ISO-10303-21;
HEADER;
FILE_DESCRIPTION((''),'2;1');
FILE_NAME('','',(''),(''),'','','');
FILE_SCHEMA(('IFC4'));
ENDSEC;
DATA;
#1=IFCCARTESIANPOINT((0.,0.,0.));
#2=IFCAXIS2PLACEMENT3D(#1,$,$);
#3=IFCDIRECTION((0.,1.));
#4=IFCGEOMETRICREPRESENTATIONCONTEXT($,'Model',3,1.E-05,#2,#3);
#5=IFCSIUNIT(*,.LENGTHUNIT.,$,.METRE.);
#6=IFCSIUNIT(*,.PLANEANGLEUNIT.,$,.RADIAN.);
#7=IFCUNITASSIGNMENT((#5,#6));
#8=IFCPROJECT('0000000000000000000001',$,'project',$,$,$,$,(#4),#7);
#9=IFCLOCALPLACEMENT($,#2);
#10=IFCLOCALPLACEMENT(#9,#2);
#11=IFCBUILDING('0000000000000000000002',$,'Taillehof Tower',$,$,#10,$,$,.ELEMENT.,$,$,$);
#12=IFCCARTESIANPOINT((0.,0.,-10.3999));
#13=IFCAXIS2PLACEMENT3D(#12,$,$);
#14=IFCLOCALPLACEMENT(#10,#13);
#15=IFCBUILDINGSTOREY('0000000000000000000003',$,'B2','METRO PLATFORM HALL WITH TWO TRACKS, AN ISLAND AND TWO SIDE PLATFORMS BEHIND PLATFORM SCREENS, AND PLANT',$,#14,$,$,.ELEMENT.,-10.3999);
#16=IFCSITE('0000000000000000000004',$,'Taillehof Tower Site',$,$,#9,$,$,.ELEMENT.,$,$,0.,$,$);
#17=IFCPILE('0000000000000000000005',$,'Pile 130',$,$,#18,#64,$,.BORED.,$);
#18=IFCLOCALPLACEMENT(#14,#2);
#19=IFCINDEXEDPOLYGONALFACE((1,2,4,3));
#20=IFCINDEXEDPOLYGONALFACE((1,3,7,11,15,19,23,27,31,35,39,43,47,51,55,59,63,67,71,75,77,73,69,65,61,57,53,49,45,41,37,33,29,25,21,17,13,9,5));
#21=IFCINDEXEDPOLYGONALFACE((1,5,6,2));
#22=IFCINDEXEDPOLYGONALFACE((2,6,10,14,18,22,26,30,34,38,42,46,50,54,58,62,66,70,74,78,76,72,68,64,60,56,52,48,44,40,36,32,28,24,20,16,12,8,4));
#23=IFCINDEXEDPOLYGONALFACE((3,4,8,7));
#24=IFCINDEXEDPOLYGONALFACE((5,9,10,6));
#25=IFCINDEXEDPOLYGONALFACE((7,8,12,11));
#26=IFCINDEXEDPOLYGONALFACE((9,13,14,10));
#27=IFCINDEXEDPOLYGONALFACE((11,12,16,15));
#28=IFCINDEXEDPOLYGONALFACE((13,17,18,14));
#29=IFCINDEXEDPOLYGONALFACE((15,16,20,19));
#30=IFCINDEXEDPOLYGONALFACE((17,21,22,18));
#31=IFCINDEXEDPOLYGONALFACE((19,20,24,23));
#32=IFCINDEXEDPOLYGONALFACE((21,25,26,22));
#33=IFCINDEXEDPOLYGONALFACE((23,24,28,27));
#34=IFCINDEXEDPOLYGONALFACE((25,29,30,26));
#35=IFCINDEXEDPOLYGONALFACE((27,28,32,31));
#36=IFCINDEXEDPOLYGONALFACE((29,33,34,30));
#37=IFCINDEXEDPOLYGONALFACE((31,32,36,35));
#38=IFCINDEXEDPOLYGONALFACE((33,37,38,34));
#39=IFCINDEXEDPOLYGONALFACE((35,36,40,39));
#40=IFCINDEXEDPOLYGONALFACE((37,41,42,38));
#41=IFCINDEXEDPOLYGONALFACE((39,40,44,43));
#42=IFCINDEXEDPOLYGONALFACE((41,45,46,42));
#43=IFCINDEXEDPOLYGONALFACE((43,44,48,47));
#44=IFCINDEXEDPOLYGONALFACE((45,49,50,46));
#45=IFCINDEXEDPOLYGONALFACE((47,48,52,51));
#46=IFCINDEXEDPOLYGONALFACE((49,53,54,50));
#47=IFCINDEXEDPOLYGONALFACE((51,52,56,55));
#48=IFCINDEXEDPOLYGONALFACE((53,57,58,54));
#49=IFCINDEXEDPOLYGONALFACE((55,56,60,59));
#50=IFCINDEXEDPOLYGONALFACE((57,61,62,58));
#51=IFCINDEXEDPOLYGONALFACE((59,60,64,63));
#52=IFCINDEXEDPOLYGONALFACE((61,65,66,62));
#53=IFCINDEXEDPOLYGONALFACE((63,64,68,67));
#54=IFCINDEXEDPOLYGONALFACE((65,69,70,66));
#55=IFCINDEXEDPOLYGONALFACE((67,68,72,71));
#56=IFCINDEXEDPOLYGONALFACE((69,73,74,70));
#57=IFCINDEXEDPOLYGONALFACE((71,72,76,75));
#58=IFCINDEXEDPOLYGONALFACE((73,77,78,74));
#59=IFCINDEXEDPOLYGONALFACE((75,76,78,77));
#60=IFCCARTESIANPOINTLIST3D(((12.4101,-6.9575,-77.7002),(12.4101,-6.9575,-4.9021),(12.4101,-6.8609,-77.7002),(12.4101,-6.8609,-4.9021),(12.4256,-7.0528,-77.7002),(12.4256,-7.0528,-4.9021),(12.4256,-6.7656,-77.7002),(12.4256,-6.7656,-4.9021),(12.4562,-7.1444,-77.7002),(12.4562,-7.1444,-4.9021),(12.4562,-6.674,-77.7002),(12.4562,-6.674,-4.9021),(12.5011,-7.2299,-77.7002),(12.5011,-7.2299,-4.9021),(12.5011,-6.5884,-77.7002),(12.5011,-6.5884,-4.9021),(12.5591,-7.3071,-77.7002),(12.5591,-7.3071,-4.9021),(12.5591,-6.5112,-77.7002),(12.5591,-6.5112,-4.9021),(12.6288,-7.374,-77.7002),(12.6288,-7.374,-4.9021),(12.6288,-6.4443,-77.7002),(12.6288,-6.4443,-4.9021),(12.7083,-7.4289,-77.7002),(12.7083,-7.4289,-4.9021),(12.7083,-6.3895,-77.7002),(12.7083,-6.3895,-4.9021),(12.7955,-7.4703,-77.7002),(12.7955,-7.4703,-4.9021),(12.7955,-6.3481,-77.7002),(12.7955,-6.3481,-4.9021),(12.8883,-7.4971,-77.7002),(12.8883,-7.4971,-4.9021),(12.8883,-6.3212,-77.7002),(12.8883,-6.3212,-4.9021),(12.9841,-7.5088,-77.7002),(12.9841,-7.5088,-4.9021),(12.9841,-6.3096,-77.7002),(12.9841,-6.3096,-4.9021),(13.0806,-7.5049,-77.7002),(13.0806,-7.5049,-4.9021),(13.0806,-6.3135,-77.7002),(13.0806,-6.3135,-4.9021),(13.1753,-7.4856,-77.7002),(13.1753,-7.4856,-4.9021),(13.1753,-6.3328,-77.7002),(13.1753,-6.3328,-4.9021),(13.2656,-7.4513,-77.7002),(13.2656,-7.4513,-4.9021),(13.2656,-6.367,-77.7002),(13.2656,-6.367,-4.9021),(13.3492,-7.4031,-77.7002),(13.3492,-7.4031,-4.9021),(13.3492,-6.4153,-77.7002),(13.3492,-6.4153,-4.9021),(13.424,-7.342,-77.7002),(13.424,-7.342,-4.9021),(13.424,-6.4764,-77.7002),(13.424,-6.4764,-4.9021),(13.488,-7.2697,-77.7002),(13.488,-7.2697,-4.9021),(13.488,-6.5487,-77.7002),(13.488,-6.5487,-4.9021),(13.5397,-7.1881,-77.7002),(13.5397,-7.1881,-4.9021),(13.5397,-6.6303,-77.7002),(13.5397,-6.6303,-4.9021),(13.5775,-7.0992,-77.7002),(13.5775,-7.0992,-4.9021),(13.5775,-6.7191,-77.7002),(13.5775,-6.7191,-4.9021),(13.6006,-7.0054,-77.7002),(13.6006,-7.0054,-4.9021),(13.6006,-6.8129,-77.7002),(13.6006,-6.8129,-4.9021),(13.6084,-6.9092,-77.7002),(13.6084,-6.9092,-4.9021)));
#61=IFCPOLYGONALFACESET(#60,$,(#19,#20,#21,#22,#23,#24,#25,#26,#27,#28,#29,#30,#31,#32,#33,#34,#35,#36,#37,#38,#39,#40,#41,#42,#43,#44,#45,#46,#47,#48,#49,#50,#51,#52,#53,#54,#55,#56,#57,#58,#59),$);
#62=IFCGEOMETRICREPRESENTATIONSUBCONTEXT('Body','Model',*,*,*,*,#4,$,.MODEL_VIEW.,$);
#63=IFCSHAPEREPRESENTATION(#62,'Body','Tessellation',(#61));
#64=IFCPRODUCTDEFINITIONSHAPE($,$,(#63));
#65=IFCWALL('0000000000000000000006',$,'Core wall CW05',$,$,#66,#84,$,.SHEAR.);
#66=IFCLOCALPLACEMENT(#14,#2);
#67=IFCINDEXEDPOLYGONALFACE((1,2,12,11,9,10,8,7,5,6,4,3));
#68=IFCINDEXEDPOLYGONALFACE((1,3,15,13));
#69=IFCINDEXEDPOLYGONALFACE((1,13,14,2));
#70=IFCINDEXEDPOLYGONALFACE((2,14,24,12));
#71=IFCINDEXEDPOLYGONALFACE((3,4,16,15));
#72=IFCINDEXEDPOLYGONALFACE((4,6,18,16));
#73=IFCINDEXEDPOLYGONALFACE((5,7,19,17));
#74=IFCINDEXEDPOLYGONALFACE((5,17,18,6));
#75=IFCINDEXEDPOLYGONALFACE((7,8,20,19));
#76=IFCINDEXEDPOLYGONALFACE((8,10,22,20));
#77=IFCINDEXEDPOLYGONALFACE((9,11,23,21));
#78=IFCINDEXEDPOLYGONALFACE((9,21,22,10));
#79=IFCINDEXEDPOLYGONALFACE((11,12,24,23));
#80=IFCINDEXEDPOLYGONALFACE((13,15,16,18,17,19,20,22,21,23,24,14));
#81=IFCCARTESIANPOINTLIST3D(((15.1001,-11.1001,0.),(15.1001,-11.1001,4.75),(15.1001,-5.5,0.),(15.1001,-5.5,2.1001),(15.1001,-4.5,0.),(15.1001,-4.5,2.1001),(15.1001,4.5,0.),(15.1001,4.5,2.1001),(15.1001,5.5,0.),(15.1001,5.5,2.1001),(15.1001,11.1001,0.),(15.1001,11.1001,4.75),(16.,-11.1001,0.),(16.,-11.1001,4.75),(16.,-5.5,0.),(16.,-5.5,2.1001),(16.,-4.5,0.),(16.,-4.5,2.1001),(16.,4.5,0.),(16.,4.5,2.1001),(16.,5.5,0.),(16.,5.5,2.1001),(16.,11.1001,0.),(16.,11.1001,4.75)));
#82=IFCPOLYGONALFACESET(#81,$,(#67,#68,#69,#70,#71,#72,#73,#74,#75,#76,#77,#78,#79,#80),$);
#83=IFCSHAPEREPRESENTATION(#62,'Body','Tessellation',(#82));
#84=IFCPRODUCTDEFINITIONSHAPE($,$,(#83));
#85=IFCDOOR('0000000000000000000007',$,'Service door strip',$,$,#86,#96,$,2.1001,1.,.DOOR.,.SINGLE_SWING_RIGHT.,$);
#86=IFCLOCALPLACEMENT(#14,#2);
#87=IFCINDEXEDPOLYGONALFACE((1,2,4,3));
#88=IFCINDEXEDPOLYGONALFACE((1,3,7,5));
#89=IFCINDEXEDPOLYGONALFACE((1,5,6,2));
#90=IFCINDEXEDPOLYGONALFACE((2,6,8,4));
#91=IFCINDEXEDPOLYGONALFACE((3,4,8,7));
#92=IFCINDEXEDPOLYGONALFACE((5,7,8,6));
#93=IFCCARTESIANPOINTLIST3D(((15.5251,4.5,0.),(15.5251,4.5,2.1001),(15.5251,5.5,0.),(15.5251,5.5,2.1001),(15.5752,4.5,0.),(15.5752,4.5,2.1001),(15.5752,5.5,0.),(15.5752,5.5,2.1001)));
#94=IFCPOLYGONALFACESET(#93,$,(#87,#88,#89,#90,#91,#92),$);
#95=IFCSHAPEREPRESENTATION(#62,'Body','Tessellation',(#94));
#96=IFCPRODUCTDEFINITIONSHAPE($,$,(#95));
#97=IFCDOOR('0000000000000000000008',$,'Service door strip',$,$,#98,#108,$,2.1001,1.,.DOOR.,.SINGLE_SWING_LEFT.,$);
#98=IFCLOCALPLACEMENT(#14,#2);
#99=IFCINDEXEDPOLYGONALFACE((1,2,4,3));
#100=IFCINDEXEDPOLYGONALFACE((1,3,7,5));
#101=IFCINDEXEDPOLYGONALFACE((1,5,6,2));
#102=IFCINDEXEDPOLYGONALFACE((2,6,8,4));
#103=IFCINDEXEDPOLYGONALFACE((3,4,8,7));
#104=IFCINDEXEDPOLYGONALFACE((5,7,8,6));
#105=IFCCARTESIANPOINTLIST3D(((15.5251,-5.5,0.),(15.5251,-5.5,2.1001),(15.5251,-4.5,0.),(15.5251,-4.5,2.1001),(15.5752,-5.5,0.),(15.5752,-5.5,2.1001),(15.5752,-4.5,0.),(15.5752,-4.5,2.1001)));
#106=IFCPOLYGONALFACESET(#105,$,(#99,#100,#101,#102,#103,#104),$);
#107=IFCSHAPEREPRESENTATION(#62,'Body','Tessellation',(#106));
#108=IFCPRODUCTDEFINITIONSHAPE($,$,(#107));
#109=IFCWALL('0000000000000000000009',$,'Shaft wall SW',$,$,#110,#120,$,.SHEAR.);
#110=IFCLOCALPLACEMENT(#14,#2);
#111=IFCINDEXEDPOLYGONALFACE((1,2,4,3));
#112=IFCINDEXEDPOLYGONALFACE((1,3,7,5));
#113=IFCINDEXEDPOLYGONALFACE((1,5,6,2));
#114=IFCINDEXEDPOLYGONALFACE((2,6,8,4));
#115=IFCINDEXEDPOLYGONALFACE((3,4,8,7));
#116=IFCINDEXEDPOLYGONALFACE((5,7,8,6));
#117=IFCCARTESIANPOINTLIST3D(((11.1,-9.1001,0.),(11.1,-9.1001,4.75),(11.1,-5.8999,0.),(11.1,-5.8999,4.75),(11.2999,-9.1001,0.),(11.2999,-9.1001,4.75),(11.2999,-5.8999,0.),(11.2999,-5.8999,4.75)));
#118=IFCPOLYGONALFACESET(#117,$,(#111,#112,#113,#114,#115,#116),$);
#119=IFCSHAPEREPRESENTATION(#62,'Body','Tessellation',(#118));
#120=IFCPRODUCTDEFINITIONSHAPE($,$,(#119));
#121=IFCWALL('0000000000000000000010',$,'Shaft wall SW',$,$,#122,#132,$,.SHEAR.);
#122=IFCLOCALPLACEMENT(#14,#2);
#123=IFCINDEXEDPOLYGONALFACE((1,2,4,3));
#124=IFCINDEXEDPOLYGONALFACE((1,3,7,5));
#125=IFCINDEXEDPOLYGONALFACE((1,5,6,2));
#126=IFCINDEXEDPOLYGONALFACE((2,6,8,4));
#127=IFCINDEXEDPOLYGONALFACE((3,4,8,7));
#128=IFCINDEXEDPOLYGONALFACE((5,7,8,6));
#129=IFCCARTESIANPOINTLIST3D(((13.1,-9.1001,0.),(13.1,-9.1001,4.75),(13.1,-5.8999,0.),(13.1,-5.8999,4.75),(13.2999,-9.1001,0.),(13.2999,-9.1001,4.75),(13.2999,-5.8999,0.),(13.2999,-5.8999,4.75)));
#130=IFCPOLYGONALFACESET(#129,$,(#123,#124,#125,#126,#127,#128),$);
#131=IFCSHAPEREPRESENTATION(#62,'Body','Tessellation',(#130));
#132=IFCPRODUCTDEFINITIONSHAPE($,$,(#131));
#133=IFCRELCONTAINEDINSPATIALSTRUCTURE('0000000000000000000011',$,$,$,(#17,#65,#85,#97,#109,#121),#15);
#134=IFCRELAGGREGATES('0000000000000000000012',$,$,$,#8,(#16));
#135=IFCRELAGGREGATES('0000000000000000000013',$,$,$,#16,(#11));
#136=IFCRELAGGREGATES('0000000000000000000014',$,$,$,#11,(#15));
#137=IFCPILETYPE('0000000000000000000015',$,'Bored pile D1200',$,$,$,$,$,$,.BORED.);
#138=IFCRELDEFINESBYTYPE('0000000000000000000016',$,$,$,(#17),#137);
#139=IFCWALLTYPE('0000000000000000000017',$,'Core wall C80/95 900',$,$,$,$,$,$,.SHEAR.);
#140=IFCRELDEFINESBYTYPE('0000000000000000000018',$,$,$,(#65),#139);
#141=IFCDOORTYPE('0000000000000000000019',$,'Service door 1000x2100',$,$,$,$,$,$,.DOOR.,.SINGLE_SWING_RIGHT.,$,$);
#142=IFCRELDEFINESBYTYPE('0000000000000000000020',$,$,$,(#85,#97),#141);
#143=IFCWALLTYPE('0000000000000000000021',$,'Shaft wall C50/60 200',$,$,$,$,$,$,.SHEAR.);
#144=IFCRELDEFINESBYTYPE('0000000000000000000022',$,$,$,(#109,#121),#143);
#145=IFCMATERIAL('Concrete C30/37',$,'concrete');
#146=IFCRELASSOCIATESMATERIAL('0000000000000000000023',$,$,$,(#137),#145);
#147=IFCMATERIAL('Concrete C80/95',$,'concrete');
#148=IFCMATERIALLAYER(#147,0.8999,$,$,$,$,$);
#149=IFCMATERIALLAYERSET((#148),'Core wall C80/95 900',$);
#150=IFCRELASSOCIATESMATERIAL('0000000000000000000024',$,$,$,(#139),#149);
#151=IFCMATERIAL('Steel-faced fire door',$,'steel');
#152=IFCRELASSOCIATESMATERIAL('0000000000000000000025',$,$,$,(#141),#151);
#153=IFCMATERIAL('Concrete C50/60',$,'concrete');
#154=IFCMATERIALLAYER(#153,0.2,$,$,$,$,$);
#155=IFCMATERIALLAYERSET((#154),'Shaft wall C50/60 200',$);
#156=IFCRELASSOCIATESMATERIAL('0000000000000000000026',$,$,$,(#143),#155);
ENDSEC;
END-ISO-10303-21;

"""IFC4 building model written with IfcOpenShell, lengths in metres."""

from ifc_helpers import new_model, si_unit, direction, frame, frame_2d, origin, origin_2d, place, context, subcontext, project, spatial, rectangle, circle, extrude, material, layer, layer_set, material_profile, profile_set, type_object, element, fill, save


model = new_model("IFC4")

# Units and contexts
model_context = context("Model", 3, precision=1e-05, world=origin(), true_north=direction((0.0, 1.0)))
body_context = subcontext(model_context, "Body", "Model", "MODEL_VIEW")
ifc_project = project(units=[si_unit("LENGTHUNIT", "METRE"), si_unit("PLANEANGLEUNIT", "RADIAN")], contexts=[model_context])

# Site, building, storey
site_placement = place(None, origin())
site = spatial("IfcSite", under=ifc_project, at=site_placement, Name="Taillehof Tower Site", CompositionType="ELEMENT", RefElevation=0.0)
building_placement = place(site_placement, origin())
building = spatial("IfcBuilding", under=site, at=building_placement, Name="Taillehof Tower", CompositionType="ELEMENT")
storey_placement = place(building_placement, frame((0.0, 0.0, -10.3999)))
storey = spatial("IfcBuildingStorey", under=building, at=storey_placement, Name="B2", Description="METRO PLATFORM HALL WITH TWO TRACKS, AN ISLAND AND TWO SIDE PLATFORMS BEHIND PLATFORM SCREENS, AND PLANT", CompositionType="ELEMENT", Elevation=-10.3999)

# Pile
ifc_material_1 = material(Name="Concrete C30/37", Category="concrete")
ifc_material_profile = material_profile(ifc_material_1, circle(Radius=0.6001, at=origin_2d()), Name="BP D1200")
ifc_profile_set = profile_set([ifc_material_profile], Name="Concrete C30/37")
pile_type = type_object("IfcPileType", Name="Bored pile D1200", PredefinedType="BORED", material=ifc_profile_set)
for number, where, z_axis, x_axis, name in (
    (1, (13.0083, -6.9092, -4.9021), (0.0, 0.0, -1.0), (1.0, 0.0, 0.0), "Pile 130"),
):
    element("IfcPile", number, at=place(storey_placement, frame(where, z_axis=z_axis, x_axis=x_axis)), inside=storey, type_object=pile_type, Name=name, PredefinedType="BORED", context=body_context, shape_type="SweptSolid", body=[
        extrude(circle(Radius=0.6001, at=origin_2d()), origin(), (0.0, 0.0, 1.0), 72.7981),
    ])

# Wall, openings, doors
ifc_material_2 = material(Name="Concrete C80/95", Category="concrete")
ifc_layer_1 = layer(ifc_material_2, 0.8999)
ifc_layer_set_1 = layer_set([ifc_layer_1], Name="Core wall C80/95 900")
wall_type_1 = type_object("IfcWallType", Name="Core wall C80/95 900", PredefinedType="SHEAR", material=ifc_layer_set_1)
wall_placement = place(storey_placement, frame((15.55, -11.1001, 0.0), z_axis=(0.0, 0.0, 1.0), x_axis=(0.0, 1.0, 0.0)))
wall = element("IfcWall", 2, at=wall_placement, inside=storey, type_object=wall_type_1, Name="Core wall CW05", PredefinedType="SHEAR", context=body_context, shape_type="SweptSolid", body=[
    extrude(rectangle(XDim=22.2002, YDim=0.8999, at=frame_2d((11.1001, 0.0))), origin(), (0.0, 0.0, 1.0), 4.75),
])
opening_1_placement = place(wall_placement, frame((15.6001, 0.0, 0.0)))
opening_1 = element("IfcOpeningElement", 3, at=opening_1_placement, cuts=wall, PredefinedType="OPENING", context=body_context, shape_type="SweptSolid", body=[
    extrude(rectangle(XDim=1.0, YDim=2.1001, at=frame_2d((0.5, 1.05))), frame((0.0, 0.46, 0.0), z_axis=(0.0, -1.0, 0.0), x_axis=(1.0, 0.0, 0.0)), (0.0, 0.0, 1.0), 0.9199),
])
opening_2_placement = place(wall_placement, frame((5.6001, 0.0, 0.0)))
opening_2 = element("IfcOpeningElement", 4, at=opening_2_placement, cuts=wall, PredefinedType="OPENING", context=body_context, shape_type="SweptSolid", body=[
    extrude(rectangle(XDim=1.0, YDim=2.1001, at=frame_2d((0.5, 1.05))), frame((0.0, 0.46, 0.0), z_axis=(0.0, -1.0, 0.0), x_axis=(1.0, 0.0, 0.0)), (0.0, 0.0, 1.0), 0.9199),
])
ifc_material_3 = material(Name="Steel-faced fire door", Category="steel")
door_type = type_object("IfcDoorType", Name="Service door 1000x2100", OperationType="SINGLE_SWING_RIGHT", PredefinedType="DOOR", material=ifc_material_3)
door_1_placement = place(opening_1_placement, origin())
door_1 = element("IfcDoor", 5, at=door_1_placement, inside=storey, type_object=door_type, Name="Service door strip", OperationType="SINGLE_SWING_RIGHT", OverallHeight=2.1001, OverallWidth=1.0, PredefinedType="DOOR", context=body_context, shape_type="SweptSolid", body=[
    extrude(rectangle(XDim=1.0, YDim=2.1001, at=frame_2d((0.5, 1.05))), frame((0.0, 0.0249, 0.0), z_axis=(0.0, -1.0, 0.0), x_axis=(1.0, 0.0, 0.0)), (0.0, 0.0, 1.0), 0.05),
])
fill(opening_1, door_1)
door_2_placement = place(opening_2_placement, origin())
door_2 = element("IfcDoor", 6, at=door_2_placement, inside=storey, type_object=door_type, Name="Service door strip", OperationType="SINGLE_SWING_LEFT", OverallHeight=2.1001, OverallWidth=1.0, PredefinedType="DOOR", context=body_context, shape_type="SweptSolid", body=[
    extrude(rectangle(XDim=1.0, YDim=2.1001, at=frame_2d((0.5, 1.05))), frame((0.0, 0.0249, 0.0), z_axis=(0.0, -1.0, 0.0), x_axis=(1.0, 0.0, 0.0)), (0.0, 0.0, 1.0), 0.05),
])
fill(opening_2, door_2)

# Walls
ifc_material_4 = material(Name="Concrete C50/60", Category="concrete")
ifc_layer_2 = layer(ifc_material_4, 0.2)
ifc_layer_set_2 = layer_set([ifc_layer_2], Name="Shaft wall C50/60 200")
wall_type_2 = type_object("IfcWallType", Name="Shaft wall C50/60 200", PredefinedType="SHEAR", material=ifc_layer_set_2)
for number, where, z_axis, x_axis, name in (
    (7, (11.2, -9.1001, 0.0), (0.0, 0.0, 1.0), (0.0, 1.0, 0.0), "Shaft wall SW"),
    (8, (13.2, -9.1001, 0.0), (0.0, 0.0, 1.0), (0.0, 1.0, 0.0), "Shaft wall SW"),
):
    element("IfcWall", number, at=place(storey_placement, frame(where, z_axis=z_axis, x_axis=x_axis)), inside=storey, type_object=wall_type_2, Name=name, PredefinedType="SHEAR", context=body_context, shape_type="SweptSolid", body=[
        extrude(rectangle(XDim=3.2002, YDim=0.2, at=frame_2d((1.6001, 0.0))), origin(), (0.0, 0.0, 1.0), 4.75),
    ])

save(model, "model.ifc")
